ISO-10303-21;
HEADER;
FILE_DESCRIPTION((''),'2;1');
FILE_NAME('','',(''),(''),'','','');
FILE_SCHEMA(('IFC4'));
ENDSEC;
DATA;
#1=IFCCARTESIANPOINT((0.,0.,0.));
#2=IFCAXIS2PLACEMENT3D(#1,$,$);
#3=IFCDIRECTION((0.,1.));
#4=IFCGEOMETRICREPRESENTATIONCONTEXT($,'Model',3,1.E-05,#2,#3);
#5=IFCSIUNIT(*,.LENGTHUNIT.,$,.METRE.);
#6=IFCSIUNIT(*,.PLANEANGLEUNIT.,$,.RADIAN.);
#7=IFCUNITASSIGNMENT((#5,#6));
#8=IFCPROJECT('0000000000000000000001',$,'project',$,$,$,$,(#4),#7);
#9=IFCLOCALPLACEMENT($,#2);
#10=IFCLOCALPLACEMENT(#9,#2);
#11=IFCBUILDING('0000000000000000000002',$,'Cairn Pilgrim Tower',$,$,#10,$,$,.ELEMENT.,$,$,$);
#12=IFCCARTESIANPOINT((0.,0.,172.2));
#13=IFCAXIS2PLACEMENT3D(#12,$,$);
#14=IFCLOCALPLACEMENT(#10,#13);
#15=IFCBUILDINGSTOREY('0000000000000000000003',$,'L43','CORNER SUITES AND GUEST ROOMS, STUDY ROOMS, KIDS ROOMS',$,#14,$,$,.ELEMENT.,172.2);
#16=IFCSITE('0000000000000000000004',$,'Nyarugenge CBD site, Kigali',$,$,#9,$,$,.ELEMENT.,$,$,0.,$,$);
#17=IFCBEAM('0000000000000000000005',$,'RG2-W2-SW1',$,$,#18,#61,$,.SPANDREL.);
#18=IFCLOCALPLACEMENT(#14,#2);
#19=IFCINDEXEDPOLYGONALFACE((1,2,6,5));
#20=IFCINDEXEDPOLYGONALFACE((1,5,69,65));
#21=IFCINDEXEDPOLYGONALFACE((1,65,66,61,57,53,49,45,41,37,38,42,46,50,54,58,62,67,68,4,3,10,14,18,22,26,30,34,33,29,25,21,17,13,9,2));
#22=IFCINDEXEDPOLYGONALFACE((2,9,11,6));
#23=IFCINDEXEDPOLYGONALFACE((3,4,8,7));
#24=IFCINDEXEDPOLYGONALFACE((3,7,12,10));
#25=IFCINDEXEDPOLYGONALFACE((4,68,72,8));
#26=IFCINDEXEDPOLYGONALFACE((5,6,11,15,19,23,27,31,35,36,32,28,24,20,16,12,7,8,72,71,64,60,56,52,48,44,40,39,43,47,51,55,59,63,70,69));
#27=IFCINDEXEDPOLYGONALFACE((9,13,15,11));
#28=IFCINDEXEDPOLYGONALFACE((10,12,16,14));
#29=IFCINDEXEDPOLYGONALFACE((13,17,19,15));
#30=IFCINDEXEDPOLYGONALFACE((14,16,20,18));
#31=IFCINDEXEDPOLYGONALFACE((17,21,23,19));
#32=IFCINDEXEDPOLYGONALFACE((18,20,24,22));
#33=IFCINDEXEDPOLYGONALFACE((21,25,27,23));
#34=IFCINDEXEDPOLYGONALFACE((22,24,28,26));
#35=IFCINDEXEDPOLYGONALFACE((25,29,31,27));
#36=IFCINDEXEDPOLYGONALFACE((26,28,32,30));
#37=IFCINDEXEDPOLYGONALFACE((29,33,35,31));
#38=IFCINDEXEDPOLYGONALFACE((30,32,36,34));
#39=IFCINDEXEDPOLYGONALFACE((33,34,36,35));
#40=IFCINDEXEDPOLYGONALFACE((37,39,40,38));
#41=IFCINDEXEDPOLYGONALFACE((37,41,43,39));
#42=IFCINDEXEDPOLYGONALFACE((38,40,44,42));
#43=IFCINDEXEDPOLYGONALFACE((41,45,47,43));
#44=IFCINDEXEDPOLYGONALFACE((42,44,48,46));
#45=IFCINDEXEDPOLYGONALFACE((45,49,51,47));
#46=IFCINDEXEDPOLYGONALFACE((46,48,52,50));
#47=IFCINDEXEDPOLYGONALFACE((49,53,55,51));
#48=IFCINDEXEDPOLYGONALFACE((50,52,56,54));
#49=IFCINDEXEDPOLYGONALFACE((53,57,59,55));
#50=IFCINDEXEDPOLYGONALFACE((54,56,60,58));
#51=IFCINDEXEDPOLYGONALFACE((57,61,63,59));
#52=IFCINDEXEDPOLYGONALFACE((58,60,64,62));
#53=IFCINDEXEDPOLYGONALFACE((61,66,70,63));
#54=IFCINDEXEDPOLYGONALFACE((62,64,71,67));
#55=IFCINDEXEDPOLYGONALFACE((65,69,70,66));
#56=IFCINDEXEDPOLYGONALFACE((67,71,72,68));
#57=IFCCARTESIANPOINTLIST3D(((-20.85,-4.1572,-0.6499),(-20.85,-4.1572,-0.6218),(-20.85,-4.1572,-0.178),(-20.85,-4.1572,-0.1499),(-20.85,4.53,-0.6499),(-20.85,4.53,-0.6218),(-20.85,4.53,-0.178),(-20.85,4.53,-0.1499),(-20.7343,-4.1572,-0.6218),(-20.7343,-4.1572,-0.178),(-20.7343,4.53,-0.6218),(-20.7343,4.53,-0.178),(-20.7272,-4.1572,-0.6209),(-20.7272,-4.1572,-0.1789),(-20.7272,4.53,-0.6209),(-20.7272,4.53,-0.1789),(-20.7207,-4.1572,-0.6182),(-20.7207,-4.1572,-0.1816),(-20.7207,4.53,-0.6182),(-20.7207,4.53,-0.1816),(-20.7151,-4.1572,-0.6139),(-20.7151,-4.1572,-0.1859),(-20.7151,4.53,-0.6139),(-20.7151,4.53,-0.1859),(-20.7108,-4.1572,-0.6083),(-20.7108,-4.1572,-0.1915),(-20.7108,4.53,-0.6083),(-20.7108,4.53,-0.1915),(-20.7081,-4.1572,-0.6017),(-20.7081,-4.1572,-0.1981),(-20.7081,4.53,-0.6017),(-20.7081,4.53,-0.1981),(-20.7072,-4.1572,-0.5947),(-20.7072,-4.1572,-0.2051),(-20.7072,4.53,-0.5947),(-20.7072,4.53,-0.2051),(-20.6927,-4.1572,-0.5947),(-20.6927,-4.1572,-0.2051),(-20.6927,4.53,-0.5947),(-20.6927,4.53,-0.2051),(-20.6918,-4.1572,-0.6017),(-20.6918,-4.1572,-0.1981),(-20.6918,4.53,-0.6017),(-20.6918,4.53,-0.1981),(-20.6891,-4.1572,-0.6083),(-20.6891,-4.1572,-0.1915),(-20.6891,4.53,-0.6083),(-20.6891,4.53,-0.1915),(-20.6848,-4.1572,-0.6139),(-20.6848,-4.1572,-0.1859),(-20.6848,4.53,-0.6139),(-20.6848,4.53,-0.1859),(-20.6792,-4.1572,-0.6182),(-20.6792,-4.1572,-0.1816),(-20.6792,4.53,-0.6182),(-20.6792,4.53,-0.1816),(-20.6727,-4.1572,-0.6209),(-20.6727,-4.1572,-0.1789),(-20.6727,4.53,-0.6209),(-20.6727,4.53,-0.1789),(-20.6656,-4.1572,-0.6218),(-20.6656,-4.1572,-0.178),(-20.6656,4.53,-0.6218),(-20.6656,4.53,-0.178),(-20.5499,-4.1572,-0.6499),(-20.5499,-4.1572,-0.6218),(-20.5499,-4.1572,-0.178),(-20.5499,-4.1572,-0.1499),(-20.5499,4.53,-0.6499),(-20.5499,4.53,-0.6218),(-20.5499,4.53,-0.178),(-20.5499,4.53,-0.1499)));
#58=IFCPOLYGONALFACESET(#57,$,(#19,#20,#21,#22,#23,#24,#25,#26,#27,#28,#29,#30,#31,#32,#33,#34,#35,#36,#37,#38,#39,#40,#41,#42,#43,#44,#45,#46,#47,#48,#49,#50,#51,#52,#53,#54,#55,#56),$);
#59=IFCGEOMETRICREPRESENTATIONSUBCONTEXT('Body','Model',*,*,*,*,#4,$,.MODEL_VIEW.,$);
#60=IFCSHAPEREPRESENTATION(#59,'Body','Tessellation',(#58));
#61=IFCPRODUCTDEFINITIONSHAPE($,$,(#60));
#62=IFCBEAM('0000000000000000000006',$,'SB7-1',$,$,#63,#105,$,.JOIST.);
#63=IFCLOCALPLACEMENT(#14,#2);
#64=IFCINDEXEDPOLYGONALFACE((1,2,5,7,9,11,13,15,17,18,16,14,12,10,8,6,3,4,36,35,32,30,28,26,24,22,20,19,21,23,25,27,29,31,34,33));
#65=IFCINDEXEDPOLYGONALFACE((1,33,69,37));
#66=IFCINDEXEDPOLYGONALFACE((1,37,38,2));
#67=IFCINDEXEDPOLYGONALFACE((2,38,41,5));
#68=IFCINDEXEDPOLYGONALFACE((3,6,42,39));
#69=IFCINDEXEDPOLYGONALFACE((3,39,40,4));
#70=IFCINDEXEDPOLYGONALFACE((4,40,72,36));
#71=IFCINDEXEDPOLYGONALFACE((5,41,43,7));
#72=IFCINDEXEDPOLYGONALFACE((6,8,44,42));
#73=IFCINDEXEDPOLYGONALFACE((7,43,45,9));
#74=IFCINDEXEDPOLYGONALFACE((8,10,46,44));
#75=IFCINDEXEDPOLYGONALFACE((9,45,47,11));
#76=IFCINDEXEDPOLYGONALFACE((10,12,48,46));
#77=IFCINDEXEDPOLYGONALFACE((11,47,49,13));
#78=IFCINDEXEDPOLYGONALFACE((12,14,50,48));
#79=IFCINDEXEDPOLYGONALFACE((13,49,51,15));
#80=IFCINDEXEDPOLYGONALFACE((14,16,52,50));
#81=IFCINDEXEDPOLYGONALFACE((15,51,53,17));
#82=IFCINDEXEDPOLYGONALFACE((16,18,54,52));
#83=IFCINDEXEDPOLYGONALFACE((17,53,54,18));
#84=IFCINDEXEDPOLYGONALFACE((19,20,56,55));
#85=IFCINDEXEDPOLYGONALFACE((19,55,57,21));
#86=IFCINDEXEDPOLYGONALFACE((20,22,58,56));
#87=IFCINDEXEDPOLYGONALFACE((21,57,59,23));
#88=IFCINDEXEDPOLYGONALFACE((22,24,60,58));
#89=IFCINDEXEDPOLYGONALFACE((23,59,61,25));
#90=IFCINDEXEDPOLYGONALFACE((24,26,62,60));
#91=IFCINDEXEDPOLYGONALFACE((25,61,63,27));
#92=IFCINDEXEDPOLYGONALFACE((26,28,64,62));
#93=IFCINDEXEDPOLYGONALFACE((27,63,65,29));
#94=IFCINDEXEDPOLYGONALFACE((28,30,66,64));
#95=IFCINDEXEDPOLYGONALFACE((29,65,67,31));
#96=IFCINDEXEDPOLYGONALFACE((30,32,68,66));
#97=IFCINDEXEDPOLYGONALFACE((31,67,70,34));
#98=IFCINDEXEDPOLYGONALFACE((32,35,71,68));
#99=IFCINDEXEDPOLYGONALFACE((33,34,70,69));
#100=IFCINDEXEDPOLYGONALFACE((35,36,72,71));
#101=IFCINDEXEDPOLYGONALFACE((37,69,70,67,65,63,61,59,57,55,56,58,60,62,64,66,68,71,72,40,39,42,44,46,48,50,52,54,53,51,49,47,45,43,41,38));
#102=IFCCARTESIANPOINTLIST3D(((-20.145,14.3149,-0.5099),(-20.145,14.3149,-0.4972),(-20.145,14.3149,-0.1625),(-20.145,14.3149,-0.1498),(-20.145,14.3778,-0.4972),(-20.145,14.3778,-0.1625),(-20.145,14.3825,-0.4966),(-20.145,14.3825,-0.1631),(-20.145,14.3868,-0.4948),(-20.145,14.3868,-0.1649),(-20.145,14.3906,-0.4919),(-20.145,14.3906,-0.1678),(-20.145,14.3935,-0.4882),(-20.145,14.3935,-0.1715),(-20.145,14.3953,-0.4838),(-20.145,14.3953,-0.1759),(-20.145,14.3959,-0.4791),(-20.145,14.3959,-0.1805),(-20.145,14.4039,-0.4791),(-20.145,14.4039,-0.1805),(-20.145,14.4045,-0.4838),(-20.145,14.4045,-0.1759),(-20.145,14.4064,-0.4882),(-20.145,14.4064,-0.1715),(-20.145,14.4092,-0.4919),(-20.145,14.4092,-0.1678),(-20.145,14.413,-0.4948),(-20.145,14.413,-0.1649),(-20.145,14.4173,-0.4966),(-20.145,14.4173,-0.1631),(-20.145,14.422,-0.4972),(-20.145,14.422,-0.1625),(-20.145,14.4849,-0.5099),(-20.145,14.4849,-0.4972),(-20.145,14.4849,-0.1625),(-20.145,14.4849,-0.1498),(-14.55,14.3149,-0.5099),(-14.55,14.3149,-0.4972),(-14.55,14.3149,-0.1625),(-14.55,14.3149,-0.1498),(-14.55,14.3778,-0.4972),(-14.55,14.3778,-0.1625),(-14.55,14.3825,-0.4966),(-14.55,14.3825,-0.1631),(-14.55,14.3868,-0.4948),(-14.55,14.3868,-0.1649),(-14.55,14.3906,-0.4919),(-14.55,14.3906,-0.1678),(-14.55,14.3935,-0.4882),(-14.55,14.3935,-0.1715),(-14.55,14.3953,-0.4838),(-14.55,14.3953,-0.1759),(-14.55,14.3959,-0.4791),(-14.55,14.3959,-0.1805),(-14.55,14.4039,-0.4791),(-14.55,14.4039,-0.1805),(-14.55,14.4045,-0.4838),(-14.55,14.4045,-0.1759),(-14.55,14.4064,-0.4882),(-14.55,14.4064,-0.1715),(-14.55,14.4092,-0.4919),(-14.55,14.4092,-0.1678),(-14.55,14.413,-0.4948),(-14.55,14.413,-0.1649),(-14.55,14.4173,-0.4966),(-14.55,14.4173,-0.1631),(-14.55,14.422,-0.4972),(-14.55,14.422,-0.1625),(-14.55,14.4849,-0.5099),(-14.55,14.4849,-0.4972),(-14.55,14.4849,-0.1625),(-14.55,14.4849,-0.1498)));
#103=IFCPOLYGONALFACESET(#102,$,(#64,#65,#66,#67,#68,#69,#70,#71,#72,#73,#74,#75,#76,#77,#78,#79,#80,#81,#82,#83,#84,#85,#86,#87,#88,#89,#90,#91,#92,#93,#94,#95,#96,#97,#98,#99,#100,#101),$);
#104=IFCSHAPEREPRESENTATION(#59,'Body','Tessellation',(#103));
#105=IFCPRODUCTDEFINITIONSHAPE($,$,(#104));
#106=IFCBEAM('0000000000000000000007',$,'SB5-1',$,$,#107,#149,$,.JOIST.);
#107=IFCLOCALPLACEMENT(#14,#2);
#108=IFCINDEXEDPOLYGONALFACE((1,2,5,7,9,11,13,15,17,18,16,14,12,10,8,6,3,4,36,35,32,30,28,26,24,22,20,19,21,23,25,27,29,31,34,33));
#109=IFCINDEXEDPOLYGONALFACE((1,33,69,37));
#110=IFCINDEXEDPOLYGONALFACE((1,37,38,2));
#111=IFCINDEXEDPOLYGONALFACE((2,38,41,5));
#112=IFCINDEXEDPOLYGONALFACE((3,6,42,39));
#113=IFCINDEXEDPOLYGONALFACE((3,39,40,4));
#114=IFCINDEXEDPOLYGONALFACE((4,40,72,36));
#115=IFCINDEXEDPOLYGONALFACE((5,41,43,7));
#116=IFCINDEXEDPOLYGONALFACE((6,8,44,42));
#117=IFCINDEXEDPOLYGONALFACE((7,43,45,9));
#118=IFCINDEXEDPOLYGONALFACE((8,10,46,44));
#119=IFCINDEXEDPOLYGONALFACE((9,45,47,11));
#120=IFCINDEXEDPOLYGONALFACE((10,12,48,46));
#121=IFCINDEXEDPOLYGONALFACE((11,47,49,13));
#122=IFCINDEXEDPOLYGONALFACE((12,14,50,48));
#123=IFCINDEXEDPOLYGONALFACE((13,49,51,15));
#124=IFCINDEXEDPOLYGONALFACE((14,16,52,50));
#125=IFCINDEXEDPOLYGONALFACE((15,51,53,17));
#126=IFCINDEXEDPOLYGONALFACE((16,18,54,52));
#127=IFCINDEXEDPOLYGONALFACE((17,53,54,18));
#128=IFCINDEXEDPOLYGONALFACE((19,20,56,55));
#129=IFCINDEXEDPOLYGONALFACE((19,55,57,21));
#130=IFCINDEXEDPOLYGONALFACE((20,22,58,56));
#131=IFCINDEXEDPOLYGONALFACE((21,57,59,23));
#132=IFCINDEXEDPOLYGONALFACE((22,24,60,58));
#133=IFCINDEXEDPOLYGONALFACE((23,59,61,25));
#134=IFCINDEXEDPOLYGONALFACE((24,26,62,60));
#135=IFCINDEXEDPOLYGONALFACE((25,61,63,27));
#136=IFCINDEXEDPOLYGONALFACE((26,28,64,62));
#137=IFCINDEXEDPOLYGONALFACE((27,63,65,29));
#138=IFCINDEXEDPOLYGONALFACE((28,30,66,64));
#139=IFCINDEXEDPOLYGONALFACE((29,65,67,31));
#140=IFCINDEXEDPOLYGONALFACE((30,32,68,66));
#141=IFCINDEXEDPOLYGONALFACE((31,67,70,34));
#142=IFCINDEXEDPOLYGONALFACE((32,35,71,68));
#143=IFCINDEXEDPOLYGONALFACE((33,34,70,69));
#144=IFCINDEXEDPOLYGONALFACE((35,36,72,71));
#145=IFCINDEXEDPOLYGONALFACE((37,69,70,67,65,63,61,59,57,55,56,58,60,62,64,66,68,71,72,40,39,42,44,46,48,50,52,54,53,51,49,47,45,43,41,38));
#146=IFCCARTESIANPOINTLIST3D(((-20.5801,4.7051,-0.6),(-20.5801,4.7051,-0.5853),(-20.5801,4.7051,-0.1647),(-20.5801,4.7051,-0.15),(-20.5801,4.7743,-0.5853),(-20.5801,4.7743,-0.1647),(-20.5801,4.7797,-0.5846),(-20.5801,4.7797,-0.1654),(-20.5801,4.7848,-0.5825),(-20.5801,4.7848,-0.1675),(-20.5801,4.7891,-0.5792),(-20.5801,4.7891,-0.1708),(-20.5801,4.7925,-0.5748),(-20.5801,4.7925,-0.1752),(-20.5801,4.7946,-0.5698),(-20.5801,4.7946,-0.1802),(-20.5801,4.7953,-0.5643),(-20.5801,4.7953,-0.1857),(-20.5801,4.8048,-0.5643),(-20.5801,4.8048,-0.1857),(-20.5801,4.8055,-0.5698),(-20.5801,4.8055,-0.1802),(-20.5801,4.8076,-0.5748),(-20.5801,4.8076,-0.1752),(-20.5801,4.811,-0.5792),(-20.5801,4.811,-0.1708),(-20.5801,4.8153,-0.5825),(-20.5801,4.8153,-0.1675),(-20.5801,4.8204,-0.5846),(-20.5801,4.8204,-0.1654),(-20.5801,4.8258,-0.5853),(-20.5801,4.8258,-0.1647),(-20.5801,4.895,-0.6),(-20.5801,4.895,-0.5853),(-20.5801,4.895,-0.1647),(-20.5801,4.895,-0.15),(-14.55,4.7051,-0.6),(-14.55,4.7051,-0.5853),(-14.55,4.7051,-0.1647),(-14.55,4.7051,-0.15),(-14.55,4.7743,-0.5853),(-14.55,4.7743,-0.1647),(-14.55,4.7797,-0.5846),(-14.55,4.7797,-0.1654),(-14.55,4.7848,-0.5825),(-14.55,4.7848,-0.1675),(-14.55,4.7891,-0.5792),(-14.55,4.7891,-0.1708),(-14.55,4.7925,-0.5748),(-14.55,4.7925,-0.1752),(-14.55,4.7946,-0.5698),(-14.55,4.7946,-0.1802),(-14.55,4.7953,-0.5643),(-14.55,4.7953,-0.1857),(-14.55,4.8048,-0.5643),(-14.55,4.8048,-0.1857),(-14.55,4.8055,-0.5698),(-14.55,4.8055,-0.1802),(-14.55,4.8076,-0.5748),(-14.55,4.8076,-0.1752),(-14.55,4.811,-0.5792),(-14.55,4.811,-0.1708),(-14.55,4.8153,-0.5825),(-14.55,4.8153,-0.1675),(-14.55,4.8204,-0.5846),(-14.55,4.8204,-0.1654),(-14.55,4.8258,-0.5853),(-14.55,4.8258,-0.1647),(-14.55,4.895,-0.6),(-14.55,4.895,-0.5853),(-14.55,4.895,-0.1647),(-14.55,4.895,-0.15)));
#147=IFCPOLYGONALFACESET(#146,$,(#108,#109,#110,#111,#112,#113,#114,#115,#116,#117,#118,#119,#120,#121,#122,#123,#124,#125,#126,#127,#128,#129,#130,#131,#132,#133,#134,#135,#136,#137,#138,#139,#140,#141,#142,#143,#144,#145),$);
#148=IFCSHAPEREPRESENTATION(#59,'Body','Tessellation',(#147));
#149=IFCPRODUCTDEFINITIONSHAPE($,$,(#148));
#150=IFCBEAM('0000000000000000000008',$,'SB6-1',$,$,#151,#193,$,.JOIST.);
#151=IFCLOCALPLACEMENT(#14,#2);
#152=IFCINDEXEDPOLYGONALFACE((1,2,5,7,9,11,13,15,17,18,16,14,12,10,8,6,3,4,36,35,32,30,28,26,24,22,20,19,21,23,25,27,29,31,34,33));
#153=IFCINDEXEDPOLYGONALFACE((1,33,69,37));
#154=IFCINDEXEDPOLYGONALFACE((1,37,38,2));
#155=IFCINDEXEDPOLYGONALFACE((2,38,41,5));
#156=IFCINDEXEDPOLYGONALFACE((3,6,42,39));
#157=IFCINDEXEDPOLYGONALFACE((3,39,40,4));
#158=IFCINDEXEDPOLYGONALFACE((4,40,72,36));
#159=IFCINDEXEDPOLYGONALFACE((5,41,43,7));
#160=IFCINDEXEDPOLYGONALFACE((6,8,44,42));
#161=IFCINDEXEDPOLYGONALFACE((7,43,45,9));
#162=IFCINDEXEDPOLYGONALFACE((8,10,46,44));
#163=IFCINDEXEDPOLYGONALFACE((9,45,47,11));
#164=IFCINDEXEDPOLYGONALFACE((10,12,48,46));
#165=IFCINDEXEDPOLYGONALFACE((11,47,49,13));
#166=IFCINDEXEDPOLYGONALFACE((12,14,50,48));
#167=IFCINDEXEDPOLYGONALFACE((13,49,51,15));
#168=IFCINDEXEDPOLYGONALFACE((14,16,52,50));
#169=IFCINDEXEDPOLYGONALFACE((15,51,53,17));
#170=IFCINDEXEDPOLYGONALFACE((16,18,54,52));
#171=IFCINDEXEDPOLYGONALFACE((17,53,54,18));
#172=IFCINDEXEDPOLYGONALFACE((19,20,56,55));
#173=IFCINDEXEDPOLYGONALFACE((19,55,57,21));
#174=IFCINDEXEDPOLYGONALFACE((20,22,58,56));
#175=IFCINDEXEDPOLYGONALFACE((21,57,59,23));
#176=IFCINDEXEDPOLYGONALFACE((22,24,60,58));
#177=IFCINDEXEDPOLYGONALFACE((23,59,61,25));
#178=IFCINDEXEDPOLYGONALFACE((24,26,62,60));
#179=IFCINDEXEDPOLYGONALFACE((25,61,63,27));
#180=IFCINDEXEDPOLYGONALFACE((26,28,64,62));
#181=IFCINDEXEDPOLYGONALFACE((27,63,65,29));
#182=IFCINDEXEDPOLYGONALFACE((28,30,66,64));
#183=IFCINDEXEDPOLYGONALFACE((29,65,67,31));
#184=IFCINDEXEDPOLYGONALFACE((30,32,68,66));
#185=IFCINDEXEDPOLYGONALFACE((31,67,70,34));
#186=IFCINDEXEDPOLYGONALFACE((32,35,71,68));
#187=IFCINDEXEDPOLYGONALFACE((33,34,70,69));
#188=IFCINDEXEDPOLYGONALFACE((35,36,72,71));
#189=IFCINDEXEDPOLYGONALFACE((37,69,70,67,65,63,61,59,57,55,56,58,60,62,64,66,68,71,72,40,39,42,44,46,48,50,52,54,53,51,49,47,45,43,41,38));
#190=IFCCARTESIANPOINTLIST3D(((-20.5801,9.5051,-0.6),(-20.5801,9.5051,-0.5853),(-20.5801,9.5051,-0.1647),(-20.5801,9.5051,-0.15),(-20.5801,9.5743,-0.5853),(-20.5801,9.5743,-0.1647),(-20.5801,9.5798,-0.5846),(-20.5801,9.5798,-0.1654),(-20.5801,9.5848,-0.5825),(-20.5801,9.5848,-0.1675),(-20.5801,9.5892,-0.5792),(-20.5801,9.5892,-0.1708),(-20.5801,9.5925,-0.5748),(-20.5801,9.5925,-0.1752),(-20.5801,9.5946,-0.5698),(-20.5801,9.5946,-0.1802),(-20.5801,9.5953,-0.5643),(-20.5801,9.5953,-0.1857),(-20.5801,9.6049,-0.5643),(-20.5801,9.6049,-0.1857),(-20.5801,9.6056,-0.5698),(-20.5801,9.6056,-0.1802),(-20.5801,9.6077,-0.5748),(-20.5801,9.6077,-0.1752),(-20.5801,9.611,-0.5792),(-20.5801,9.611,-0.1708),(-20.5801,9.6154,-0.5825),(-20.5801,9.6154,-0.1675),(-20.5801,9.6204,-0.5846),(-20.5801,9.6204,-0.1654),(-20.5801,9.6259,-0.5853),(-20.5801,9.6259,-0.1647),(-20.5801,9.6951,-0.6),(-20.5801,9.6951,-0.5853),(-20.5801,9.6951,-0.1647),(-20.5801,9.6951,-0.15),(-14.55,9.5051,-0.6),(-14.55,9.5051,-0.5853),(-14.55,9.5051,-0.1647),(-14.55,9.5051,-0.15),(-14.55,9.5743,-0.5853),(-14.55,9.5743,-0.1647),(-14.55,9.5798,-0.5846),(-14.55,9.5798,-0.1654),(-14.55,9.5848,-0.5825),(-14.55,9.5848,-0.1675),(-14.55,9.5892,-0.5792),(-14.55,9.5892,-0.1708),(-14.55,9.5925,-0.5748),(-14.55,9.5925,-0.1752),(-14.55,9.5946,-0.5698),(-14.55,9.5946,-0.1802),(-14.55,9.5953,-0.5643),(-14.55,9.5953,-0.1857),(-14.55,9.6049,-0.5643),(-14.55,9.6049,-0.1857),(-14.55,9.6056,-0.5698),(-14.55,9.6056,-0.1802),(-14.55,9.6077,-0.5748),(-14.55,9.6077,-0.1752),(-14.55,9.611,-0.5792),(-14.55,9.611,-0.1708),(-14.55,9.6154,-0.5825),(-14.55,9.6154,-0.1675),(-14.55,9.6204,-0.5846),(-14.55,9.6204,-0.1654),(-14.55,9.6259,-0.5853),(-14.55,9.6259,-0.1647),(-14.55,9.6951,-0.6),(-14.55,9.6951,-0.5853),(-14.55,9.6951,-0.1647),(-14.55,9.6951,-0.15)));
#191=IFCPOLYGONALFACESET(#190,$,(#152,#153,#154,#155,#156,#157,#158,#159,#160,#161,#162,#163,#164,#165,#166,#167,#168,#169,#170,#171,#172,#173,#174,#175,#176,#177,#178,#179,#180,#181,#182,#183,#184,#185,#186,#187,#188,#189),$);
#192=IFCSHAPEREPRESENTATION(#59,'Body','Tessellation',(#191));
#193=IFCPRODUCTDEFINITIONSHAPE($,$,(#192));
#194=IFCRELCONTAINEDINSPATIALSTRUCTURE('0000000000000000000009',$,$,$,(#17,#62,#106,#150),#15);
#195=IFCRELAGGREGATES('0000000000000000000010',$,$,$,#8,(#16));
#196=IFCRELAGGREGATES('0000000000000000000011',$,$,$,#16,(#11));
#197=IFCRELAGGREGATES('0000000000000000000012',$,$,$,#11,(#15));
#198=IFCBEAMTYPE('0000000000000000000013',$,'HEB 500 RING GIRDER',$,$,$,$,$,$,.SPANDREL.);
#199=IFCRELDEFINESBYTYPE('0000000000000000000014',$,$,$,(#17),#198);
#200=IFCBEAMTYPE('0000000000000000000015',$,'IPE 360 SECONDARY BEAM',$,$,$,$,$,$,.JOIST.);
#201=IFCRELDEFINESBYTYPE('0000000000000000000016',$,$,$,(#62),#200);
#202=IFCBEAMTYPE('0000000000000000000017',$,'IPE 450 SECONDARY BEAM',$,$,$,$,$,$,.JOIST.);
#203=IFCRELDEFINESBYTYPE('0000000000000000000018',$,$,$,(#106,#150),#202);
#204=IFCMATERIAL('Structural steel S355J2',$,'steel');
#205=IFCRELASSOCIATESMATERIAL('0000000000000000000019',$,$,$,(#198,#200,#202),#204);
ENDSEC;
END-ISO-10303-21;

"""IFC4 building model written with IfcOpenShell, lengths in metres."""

from ifc_helpers import new_model, si_unit, direction, frame, origin, origin_2d, place, context, subcontext, project, spatial, i_section, extrude, material, material_profile, profile_set, type_object, element, save


model = new_model("IFC4")

# Units and contexts
model_context = context("Model", 3, precision=1e-05, world=origin(), true_north=direction((0.0, 1.0)))
body_context = subcontext(model_context, "Body", "Model", "MODEL_VIEW")
ifc_project = project(units=[si_unit("LENGTHUNIT", "METRE"), si_unit("PLANEANGLEUNIT", "RADIAN")], contexts=[model_context])

# Site, building, storey
site_placement = place(None, origin())
site = spatial("IfcSite", under=ifc_project, at=site_placement, Name="Nyarugenge CBD site, Kigali", CompositionType="ELEMENT", RefElevation=0.0)
building_placement = place(site_placement, origin())
building = spatial("IfcBuilding", under=site, at=building_placement, Name="Cairn Pilgrim Tower", CompositionType="ELEMENT")
storey_placement = place(building_placement, frame((0.0, 0.0, 172.2)))
storey = spatial("IfcBuildingStorey", under=building, at=storey_placement, Name="L43", Description="CORNER SUITES AND GUEST ROOMS, STUDY ROOMS, KIDS ROOMS", CompositionType="ELEMENT", Elevation=172.2)

# Shared definitions
ifc_material_1 = material(Name="Structural steel S355J2", Category="steel")

# Beams
ifc_material_profile_1 = material_profile(ifc_material_1, i_section(OverallWidth=0.3, OverallDepth=0.5, WebThickness=0.0144, FlangeThickness=0.0281, FilletRadius=0.0271, at=origin_2d()), Name="HEB 500")
ifc_profile_set_1 = profile_set([ifc_material_profile_1], Name="Structural steel S355J2")
beam_type_1 = type_object("IfcBeamType", Name="HEB 500 RING GIRDER", PredefinedType="SPANDREL", material=ifc_profile_set_1)
beam_1_placement = place(storey_placement, frame((-20.7, 4.53, -0.3999), z_axis=(0.0, -1.0, 0.0), x_axis=(1.0, 0.0, 0.0)))
element("IfcBeam", 1, at=beam_1_placement, inside=storey, type_object=beam_type_1, Name="RG2-W2-SW1", PredefinedType="SPANDREL", context=body_context, shape_type="SweptSolid", body=[
    extrude(i_section(OverallWidth=0.3, OverallDepth=0.5, WebThickness=0.0144, FlangeThickness=0.0281, FilletRadius=0.0271, at=origin_2d()), origin(), (0.0, 0.0, 1.0), 8.6873),
])
ifc_material_profile_2 = material_profile(ifc_material_1, i_section(OverallWidth=0.1699, OverallDepth=0.3601, WebThickness=0.0081, FlangeThickness=0.0127, FilletRadius=0.0181, at=origin_2d()), Name="IPE 360")
ifc_profile_set_2 = profile_set([ifc_material_profile_2], Name="Structural steel S355J2")
beam_type_2 = type_object("IfcBeamType", Name="IPE 360 SECONDARY BEAM", PredefinedType="JOIST", material=ifc_profile_set_2)
beam_2_placement = place(storey_placement, frame((-20.145, 14.3999, -0.3298), z_axis=(1.0, 0.0, 0.0), x_axis=(0.0, 1.0, 0.0)))
element("IfcBeam", 2, at=beam_2_placement, inside=storey, type_object=beam_type_2, Name="SB7-1", PredefinedType="JOIST", context=body_context, shape_type="SweptSolid", body=[
    extrude(i_section(OverallWidth=0.1699, OverallDepth=0.3601, WebThickness=0.0081, FlangeThickness=0.0127, FilletRadius=0.0181, at=origin_2d()), origin(), (0.0, 0.0, 1.0), 5.595),
])
ifc_material_profile_3 = material_profile(ifc_material_1, i_section(OverallWidth=0.1899, OverallDepth=0.45, WebThickness=0.0095, FlangeThickness=0.0146, FilletRadius=0.021, at=origin_2d()), Name="IPE 450")
ifc_profile_set_3 = profile_set([ifc_material_profile_3], Name="Structural steel S355J2")
beam_type_3 = type_object("IfcBeamType", Name="IPE 450 SECONDARY BEAM", PredefinedType="JOIST", material=ifc_profile_set_3)
for number, where, z_axis, x_axis, name in (
    (3, (-20.5801, 4.8, -0.375), (1.0, 0.0, 0.0), (0.0, 1.0, 0.0), "SB5-1"),
    (4, (-20.5801, 9.6001, -0.375), (1.0, 0.0, 0.0), (0.0, 1.0, 0.0), "SB6-1"),
):
    element("IfcBeam", number, at=place(storey_placement, frame(where, z_axis=z_axis, x_axis=x_axis)), inside=storey, type_object=beam_type_3, Name=name, PredefinedType="JOIST", context=body_context, shape_type="SweptSolid", body=[
        extrude(i_section(OverallWidth=0.1899, OverallDepth=0.45, WebThickness=0.0095, FlangeThickness=0.0146, FilletRadius=0.021, at=origin_2d()), origin(), (0.0, 0.0, 1.0), 6.03),
    ])

save(model, "model.ifc")
